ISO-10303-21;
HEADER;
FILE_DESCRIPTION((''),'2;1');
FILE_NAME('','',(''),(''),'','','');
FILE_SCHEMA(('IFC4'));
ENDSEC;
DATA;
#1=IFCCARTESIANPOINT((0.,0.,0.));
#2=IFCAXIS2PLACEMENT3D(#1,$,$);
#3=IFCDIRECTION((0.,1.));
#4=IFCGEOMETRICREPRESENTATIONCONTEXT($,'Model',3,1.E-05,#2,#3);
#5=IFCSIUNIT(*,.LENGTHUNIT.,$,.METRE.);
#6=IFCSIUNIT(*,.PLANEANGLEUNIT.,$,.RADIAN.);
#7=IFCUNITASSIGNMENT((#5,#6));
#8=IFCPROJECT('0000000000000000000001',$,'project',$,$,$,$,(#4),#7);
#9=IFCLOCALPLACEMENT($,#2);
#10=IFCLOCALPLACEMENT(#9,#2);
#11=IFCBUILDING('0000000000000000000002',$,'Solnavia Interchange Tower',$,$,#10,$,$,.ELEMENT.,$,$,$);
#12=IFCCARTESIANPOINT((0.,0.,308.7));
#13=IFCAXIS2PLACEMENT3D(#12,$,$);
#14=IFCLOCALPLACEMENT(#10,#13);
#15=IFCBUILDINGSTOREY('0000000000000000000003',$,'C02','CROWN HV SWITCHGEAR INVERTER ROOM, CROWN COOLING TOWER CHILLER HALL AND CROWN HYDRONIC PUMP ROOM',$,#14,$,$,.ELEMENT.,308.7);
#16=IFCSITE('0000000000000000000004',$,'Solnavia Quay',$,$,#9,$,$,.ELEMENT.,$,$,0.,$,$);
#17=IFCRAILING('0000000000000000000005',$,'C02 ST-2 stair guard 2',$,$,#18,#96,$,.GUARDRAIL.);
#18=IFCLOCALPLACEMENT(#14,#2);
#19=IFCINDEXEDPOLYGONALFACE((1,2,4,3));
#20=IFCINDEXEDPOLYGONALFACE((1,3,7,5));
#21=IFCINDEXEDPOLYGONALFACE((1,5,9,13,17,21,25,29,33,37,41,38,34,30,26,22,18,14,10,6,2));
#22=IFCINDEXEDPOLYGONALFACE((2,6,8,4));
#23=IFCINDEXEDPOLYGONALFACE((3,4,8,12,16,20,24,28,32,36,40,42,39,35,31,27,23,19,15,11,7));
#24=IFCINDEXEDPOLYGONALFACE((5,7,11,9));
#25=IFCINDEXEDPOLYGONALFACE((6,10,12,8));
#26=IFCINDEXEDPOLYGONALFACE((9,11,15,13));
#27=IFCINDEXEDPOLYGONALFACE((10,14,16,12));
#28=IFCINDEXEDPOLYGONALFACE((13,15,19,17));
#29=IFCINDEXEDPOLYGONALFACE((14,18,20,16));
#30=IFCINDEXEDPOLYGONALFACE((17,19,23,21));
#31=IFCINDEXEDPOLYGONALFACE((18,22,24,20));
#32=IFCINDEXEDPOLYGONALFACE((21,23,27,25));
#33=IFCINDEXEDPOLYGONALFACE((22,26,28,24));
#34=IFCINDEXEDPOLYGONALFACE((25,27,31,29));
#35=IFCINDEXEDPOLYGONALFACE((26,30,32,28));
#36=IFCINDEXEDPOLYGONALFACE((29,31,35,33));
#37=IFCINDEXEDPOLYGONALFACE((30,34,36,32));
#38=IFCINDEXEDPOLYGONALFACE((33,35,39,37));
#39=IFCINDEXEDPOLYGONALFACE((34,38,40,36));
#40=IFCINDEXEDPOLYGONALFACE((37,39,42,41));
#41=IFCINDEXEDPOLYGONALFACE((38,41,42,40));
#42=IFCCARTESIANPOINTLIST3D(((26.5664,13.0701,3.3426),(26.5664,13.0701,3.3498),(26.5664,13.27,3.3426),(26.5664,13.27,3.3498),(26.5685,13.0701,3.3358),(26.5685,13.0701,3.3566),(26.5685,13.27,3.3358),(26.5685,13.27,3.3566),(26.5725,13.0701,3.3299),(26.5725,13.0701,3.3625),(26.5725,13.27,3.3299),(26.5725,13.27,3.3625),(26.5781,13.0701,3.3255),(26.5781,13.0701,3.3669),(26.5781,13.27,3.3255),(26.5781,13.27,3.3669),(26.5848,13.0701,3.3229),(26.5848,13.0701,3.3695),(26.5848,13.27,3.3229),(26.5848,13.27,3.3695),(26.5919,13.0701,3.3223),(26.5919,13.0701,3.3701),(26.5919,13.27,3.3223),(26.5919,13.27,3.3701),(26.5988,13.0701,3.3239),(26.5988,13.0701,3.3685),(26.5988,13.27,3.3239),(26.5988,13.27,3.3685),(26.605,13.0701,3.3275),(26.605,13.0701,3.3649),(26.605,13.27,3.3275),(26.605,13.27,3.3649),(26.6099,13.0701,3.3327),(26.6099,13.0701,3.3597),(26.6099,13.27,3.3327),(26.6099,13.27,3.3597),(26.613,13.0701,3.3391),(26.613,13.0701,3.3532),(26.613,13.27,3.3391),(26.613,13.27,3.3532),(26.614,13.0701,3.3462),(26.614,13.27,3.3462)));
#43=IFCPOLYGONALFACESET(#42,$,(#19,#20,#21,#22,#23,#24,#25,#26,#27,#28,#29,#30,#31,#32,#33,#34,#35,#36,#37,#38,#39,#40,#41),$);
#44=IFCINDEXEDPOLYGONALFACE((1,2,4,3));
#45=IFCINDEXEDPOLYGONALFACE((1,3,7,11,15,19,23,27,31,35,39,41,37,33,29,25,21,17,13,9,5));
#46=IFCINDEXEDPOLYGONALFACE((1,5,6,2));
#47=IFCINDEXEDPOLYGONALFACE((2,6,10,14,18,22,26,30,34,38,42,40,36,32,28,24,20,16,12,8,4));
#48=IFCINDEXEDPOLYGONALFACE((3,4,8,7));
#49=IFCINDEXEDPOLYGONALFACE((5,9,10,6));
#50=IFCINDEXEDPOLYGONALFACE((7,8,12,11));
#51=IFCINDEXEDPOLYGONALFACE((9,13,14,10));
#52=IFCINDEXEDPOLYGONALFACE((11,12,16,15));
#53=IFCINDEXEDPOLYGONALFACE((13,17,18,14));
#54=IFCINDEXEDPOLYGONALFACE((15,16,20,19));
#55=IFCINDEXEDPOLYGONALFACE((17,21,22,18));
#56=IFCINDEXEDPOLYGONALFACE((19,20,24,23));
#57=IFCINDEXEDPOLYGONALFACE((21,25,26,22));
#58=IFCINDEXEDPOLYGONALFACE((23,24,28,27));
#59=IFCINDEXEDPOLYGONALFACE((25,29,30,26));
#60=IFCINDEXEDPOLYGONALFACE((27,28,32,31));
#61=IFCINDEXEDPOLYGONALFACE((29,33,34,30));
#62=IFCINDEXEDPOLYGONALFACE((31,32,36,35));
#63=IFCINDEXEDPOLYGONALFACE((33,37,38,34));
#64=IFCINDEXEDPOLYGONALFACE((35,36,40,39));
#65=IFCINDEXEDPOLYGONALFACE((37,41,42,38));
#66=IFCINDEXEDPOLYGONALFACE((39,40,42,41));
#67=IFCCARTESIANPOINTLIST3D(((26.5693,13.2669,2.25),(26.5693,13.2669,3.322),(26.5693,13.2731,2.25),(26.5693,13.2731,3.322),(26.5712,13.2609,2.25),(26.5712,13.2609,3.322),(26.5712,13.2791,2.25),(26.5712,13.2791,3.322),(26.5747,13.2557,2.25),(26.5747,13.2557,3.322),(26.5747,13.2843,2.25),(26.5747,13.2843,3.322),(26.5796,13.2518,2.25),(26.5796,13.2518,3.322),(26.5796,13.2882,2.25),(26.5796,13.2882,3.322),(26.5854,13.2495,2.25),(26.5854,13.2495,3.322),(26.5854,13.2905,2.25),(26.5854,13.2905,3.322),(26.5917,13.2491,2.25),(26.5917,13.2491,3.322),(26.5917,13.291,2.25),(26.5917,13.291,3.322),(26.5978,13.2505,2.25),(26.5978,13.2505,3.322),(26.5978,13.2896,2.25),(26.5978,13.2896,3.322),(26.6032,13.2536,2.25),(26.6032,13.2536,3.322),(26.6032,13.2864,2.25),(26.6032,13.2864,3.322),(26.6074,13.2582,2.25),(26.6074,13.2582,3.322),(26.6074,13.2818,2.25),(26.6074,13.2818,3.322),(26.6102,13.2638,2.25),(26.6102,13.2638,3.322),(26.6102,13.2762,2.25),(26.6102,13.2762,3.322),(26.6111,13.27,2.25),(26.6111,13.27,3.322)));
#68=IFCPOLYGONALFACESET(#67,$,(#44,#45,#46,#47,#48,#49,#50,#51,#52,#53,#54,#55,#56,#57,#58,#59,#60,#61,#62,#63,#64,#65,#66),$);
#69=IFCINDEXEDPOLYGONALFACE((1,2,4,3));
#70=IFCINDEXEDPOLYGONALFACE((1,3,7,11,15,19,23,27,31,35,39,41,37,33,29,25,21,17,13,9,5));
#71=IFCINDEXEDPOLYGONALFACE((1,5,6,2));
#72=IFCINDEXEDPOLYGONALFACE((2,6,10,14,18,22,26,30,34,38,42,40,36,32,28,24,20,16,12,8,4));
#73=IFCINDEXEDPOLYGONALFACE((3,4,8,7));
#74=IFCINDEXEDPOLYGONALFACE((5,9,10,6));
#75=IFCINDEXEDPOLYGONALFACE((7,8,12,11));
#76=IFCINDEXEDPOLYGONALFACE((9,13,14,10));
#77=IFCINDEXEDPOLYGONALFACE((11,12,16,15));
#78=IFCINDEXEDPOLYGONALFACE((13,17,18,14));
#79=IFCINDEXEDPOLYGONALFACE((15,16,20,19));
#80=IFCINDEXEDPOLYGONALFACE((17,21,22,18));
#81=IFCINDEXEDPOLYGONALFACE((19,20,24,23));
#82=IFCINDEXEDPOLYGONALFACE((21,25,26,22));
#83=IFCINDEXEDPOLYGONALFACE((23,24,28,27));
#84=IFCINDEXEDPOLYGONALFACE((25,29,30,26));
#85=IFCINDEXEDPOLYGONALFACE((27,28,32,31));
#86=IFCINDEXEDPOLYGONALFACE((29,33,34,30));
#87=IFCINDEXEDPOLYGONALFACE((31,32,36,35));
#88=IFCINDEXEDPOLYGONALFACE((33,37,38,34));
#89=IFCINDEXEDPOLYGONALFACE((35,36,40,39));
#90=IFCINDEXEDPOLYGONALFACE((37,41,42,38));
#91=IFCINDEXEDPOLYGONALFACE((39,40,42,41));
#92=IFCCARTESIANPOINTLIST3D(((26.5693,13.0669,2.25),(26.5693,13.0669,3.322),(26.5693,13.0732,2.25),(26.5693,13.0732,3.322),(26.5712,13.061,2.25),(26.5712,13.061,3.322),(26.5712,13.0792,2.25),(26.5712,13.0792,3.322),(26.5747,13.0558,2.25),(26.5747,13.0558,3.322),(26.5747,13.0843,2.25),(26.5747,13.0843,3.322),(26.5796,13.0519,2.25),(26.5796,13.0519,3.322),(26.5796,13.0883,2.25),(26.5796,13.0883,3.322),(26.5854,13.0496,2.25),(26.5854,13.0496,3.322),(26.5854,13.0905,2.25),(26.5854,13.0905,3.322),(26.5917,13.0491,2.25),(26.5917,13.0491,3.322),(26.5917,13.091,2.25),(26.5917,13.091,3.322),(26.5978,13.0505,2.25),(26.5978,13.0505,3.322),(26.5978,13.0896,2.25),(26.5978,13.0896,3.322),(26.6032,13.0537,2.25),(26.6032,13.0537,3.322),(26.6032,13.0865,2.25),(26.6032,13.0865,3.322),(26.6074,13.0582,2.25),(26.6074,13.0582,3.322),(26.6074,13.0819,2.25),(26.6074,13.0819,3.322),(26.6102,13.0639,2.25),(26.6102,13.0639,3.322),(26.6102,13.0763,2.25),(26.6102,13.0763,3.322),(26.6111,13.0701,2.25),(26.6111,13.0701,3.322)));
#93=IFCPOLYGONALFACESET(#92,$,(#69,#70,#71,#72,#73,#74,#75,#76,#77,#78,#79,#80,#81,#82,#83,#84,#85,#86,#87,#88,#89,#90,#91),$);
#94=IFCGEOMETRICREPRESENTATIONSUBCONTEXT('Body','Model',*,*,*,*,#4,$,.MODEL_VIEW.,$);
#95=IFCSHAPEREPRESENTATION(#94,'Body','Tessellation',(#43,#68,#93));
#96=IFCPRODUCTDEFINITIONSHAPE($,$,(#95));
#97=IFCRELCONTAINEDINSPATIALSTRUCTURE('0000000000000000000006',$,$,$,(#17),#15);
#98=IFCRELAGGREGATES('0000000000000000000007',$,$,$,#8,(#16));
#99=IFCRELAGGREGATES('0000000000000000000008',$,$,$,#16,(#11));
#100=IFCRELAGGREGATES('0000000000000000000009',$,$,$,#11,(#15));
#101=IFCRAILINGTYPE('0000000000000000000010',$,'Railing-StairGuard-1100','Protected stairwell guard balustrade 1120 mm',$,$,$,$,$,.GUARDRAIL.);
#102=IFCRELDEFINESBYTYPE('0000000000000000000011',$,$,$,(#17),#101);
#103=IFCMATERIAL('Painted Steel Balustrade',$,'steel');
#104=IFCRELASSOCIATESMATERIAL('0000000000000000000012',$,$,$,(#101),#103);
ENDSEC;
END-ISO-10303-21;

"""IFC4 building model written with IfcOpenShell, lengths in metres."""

from ifc_helpers import new_model, si_unit, direction, frame, origin, origin_2d, place, context, subcontext, project, spatial, circle, extrude, material, type_object, element, save


model = new_model("IFC4")

# Units and contexts
model_context = context("Model", 3, precision=1e-05, world=origin(), true_north=direction((0.0, 1.0)))
body_context = subcontext(model_context, "Body", "Model", "MODEL_VIEW")
ifc_project = project(units=[si_unit("LENGTHUNIT", "METRE"), si_unit("PLANEANGLEUNIT", "RADIAN")], contexts=[model_context])

# Site, building, storey
site_placement = place(None, origin())
site = spatial("IfcSite", under=ifc_project, at=site_placement, Name="Solnavia Quay", CompositionType="ELEMENT", RefElevation=0.0)
building_placement = place(site_placement, origin())
building = spatial("IfcBuilding", under=site, at=building_placement, Name="Solnavia Interchange Tower", CompositionType="ELEMENT")
storey_placement = place(building_placement, frame((0.0, 0.0, 308.7)))
storey = spatial("IfcBuildingStorey", under=building, at=storey_placement, Name="C02", Description="CROWN HV SWITCHGEAR INVERTER ROOM, CROWN COOLING TOWER CHILLER HALL AND CROWN HYDRONIC PUMP ROOM", CompositionType="ELEMENT", Elevation=308.7)

# Railing
ifc_material_1 = material(Name="Painted Steel Balustrade", Category="steel")
railing_type_1 = type_object("IfcRailingType", Name="Railing-StairGuard-1100", Description="Protected stairwell guard balustrade 1120 mm", PredefinedType="GUARDRAIL", material=ifc_material_1)
railing_1_placement = place(storey_placement, frame((26.5901, 13.27, 2.25)))
element("IfcRailing", 1, at=railing_1_placement, inside=storey, type_object=railing_type_1, Name="C02 ST-2 stair guard 2", PredefinedType="GUARDRAIL", context=body_context, shape_type="SweptSolid", body=[
    extrude(circle(Radius=0.0239, at=origin_2d()), frame((0.0, 0.0, 1.0962), z_axis=(0.0, -1.0, 0.0), x_axis=(1.0, 0.0, 0.0)), (0.0, 0.0, 1.0), 0.2),
    extrude(circle(Radius=0.021, at=origin_2d()), origin(), (0.0, 0.0, 1.0), 1.072),
    extrude(circle(Radius=0.021, at=origin_2d()), frame((0.0, -0.2, 0.0)), (0.0, 0.0, 1.0), 1.072),
])

save(model, "model.ifc")
